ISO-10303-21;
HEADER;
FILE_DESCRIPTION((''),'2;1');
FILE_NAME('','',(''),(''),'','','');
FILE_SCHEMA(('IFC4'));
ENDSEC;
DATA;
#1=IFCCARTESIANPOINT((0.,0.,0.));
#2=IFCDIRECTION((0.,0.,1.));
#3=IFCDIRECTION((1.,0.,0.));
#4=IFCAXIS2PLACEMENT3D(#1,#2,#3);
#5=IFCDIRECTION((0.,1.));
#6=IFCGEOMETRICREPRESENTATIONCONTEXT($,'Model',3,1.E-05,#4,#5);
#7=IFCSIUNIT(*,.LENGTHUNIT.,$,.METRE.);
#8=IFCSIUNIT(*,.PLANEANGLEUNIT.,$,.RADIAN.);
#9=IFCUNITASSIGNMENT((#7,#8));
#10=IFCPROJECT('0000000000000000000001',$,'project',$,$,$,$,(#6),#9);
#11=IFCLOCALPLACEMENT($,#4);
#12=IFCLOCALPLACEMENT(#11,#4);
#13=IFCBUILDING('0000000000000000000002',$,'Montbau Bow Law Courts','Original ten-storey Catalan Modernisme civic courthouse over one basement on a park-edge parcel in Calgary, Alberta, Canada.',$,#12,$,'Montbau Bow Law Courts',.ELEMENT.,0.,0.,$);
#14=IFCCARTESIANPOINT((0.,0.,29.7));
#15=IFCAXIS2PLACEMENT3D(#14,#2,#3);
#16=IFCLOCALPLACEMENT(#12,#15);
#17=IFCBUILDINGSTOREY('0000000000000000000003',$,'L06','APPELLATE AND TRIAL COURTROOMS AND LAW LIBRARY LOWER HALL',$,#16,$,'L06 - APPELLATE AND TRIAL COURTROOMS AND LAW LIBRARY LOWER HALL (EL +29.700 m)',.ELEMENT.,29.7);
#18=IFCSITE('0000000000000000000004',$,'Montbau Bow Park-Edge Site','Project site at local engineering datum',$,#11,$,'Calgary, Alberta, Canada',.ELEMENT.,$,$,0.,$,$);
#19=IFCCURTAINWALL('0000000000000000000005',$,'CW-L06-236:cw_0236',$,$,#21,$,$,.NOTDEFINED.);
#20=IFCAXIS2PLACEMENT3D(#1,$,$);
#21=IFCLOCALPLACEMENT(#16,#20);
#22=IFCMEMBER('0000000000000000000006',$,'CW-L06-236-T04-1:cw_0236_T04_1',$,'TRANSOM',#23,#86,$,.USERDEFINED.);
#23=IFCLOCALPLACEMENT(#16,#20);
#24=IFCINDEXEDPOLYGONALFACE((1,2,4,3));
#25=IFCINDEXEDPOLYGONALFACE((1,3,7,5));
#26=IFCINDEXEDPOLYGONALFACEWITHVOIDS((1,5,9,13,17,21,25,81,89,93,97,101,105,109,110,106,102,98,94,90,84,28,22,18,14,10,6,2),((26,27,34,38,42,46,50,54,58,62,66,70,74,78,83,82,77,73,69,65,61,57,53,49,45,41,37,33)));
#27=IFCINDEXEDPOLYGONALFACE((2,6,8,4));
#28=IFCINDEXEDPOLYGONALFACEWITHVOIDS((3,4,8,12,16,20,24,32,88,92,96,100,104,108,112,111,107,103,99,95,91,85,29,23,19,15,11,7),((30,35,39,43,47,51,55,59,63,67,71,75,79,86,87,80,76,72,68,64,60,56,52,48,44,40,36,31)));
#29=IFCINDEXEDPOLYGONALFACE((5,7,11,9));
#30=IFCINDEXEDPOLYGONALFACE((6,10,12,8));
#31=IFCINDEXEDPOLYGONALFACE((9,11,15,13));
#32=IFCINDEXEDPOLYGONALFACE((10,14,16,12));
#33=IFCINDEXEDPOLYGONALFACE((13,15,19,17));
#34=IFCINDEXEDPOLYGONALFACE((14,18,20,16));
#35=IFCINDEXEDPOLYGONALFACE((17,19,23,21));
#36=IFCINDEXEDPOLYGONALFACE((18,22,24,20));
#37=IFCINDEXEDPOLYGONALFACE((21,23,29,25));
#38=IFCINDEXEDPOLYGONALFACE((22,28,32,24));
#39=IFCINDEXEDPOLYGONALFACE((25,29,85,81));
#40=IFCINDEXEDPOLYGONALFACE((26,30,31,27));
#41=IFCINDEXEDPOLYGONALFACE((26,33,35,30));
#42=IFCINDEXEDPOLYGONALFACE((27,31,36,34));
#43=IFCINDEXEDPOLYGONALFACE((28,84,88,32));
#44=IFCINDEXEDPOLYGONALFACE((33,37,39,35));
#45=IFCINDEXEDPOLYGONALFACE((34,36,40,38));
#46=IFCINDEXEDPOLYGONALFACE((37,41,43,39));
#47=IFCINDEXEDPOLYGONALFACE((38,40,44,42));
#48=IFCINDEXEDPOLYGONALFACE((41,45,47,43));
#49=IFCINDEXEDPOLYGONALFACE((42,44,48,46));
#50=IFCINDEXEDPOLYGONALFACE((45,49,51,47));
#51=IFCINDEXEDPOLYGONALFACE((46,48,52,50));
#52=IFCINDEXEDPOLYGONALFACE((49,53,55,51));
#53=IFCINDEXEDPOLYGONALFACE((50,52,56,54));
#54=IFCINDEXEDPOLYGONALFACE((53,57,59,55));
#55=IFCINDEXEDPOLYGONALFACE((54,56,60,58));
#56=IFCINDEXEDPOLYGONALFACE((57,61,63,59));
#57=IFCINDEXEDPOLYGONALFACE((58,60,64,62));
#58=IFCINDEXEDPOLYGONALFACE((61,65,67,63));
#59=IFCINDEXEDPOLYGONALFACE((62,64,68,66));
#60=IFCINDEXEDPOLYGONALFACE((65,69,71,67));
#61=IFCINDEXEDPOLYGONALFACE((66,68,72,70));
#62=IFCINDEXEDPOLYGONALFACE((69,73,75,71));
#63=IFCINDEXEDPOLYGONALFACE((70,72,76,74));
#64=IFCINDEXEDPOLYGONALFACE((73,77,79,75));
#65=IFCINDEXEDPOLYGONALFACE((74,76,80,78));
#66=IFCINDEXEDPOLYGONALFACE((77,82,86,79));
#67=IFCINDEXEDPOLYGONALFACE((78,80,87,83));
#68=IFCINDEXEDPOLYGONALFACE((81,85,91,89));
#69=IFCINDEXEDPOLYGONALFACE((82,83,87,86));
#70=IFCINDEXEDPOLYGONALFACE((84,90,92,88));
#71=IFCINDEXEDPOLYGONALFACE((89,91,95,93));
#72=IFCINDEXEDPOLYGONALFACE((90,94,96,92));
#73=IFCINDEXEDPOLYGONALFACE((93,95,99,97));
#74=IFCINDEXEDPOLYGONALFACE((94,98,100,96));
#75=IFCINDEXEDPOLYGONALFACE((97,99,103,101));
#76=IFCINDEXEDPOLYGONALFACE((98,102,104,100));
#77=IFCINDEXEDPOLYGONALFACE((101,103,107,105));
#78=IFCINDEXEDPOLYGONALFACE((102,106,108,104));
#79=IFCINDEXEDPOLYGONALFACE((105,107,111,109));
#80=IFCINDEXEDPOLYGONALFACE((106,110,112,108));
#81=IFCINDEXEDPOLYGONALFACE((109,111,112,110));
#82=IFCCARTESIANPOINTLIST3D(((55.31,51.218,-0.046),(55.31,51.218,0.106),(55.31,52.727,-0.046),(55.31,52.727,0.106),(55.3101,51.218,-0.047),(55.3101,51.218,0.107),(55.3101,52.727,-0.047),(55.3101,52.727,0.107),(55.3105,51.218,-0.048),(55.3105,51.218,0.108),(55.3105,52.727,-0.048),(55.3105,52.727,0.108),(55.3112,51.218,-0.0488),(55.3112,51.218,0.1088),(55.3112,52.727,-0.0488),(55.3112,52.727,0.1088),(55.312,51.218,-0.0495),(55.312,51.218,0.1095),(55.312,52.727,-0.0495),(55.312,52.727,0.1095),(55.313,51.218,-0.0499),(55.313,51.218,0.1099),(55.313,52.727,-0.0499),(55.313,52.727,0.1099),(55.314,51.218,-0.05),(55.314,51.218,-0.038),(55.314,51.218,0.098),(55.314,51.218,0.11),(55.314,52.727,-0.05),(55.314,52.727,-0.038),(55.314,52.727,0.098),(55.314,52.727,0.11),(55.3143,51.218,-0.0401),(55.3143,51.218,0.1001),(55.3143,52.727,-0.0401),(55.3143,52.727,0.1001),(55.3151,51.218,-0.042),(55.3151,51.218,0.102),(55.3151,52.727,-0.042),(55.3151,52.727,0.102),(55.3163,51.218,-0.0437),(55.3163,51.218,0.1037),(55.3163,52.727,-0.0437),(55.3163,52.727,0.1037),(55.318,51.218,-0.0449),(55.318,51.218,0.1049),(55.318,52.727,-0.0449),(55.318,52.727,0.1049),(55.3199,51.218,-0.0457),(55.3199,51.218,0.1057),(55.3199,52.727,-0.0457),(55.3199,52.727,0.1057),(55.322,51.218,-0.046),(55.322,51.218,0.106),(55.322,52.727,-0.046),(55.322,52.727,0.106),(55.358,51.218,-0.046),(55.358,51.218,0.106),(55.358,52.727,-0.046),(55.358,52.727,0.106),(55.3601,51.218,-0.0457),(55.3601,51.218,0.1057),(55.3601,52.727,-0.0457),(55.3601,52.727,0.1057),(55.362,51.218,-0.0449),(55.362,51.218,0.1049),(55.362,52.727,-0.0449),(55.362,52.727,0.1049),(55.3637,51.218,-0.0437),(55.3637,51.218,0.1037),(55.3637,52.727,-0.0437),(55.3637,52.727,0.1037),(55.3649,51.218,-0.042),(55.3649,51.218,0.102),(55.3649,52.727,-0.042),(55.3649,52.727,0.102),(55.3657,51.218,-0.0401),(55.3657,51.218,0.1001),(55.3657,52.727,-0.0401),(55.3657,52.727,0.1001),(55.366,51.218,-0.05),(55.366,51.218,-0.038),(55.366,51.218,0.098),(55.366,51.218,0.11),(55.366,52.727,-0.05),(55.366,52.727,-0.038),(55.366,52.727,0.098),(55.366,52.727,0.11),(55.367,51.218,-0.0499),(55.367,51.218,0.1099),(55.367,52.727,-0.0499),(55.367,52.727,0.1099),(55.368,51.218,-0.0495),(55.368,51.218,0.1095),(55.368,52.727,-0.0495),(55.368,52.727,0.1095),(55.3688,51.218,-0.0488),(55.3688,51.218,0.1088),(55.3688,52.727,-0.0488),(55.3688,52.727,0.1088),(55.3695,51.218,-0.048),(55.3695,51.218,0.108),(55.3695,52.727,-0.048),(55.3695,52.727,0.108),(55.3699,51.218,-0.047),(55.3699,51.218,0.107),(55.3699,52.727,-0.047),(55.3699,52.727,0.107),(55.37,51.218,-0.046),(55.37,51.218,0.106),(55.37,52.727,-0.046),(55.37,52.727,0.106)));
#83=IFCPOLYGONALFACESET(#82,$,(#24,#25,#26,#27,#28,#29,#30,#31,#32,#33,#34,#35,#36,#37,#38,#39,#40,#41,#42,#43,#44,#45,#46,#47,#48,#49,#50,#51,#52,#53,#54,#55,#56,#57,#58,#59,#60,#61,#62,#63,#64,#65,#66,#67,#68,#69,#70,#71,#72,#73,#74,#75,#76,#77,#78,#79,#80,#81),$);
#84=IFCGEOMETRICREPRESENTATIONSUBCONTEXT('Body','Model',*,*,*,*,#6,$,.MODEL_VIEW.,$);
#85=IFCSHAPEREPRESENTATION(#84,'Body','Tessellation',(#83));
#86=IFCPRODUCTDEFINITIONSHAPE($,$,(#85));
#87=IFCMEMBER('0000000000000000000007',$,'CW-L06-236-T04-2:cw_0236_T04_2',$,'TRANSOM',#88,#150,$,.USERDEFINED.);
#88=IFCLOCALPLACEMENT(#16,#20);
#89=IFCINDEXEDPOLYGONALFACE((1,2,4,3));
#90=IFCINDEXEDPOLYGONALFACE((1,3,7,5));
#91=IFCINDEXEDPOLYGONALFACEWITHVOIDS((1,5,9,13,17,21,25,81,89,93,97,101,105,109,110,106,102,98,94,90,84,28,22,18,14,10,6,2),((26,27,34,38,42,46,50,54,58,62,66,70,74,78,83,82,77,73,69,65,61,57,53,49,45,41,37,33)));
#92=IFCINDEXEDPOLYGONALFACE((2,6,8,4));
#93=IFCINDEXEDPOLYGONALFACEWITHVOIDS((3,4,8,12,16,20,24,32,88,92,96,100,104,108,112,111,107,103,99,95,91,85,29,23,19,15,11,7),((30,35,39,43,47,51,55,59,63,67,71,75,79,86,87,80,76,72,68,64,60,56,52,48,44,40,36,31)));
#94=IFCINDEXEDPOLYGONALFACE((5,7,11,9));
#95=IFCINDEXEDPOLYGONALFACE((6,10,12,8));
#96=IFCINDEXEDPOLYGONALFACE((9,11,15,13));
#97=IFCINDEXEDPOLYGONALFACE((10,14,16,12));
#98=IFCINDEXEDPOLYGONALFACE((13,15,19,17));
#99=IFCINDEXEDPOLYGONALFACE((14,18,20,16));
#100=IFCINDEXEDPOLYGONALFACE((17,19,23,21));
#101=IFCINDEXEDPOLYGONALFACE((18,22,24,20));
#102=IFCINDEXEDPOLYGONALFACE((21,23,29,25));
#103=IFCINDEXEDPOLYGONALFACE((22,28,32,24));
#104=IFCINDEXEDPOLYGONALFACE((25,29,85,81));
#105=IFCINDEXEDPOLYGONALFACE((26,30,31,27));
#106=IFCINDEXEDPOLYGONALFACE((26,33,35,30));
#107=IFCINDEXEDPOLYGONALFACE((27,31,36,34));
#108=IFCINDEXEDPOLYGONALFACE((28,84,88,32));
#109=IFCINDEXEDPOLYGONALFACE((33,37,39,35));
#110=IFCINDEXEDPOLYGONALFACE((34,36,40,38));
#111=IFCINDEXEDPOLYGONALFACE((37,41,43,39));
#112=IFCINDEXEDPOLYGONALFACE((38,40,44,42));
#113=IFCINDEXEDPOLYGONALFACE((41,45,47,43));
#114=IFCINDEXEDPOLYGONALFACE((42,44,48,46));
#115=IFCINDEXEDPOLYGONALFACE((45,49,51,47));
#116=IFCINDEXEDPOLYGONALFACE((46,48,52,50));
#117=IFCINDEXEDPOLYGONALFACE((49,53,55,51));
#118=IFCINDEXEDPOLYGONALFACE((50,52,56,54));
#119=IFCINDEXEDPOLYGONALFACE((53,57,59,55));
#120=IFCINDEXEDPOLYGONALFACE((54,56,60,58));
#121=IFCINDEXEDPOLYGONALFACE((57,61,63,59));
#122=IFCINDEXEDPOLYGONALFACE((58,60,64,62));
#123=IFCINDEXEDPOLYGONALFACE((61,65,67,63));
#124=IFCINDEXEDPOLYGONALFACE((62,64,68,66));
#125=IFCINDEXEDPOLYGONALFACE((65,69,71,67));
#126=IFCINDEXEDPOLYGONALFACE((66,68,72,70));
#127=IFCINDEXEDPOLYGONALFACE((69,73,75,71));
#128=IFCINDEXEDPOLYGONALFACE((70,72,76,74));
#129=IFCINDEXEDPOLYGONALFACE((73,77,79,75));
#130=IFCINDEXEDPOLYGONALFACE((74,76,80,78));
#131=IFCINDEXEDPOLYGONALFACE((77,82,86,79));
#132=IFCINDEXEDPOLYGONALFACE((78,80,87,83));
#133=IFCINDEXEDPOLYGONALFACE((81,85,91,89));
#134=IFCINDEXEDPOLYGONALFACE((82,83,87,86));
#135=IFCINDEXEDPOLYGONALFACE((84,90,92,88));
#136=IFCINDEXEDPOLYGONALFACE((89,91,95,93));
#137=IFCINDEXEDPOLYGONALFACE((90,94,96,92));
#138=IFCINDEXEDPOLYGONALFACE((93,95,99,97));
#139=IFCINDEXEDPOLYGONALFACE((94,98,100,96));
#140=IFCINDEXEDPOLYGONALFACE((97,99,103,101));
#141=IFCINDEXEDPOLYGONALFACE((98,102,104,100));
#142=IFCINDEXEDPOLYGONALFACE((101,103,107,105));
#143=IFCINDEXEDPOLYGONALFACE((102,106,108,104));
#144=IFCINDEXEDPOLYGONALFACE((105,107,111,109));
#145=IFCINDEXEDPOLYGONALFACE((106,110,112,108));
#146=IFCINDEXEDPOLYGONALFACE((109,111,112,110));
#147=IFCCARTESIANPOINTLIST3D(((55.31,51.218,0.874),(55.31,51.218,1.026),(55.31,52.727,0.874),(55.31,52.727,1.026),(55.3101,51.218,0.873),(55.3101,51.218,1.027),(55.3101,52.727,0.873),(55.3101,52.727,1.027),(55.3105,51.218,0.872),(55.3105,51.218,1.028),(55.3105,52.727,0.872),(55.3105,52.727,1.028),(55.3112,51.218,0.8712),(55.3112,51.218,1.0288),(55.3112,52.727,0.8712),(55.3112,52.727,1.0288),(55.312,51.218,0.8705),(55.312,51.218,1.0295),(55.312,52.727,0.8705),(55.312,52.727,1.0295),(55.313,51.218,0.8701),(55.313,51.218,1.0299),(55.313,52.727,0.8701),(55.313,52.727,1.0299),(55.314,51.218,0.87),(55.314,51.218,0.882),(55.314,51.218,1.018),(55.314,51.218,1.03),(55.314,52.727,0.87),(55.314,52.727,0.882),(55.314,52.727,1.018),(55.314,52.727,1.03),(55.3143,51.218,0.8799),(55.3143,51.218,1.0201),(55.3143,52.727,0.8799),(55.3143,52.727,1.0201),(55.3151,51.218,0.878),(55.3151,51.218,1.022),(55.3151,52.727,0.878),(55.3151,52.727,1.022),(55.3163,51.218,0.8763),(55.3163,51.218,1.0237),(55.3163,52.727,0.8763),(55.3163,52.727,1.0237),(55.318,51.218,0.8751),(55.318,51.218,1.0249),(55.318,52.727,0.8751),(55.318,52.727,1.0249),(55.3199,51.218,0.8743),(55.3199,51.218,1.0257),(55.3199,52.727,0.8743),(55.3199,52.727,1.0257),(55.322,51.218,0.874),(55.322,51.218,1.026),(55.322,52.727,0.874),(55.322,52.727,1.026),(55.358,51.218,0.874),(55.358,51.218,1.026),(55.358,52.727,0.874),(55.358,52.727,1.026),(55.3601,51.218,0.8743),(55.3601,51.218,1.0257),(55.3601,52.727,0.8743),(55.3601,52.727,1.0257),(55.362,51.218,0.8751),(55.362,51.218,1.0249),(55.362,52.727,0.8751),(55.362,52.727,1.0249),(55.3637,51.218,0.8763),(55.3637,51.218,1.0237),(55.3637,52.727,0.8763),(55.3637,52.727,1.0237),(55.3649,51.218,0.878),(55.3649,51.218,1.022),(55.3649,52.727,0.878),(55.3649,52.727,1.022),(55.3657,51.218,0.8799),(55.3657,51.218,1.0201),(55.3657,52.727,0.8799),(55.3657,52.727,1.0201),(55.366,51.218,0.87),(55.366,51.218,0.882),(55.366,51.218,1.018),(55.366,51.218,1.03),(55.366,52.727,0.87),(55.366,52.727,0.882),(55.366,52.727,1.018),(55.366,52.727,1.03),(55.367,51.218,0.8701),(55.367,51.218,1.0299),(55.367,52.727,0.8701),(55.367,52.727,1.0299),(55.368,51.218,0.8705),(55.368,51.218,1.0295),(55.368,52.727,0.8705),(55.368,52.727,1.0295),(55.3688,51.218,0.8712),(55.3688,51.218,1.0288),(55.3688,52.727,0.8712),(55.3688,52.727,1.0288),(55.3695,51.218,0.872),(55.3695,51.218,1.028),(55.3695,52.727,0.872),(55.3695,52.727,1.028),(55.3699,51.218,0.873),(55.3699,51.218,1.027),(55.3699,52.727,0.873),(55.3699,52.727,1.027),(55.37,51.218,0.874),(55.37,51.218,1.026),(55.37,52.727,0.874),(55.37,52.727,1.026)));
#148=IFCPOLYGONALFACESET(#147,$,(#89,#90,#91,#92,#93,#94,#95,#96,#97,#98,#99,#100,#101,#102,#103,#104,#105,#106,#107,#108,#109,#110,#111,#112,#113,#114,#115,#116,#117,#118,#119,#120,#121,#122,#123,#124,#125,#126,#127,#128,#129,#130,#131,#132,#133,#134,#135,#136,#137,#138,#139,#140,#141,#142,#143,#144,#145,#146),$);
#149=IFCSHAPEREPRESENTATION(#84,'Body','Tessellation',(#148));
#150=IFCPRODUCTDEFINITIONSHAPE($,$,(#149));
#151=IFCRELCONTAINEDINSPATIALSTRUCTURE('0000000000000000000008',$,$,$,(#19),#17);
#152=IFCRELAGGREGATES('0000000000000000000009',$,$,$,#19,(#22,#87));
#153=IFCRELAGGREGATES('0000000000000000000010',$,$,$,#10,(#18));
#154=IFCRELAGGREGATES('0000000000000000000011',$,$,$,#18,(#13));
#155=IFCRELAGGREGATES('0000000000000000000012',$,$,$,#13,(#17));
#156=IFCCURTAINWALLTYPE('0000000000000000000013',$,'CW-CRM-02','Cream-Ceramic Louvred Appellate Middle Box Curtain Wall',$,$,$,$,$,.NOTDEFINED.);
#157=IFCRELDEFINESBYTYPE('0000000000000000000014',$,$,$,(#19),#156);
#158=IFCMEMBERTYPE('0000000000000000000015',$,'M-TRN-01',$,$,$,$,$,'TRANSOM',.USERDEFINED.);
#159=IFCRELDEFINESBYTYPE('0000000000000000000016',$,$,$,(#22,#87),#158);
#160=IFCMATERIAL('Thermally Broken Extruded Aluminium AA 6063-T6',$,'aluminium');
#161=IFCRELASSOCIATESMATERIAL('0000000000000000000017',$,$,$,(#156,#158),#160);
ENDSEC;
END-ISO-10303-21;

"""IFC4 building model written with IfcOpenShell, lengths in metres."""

from ifc_helpers import new_model, si_unit, direction, frame, origin_with_axes, origin_2d_with_axis, place, context, subcontext, project, spatial, hollow_rectangle, extrude, material, material_profile, profile_set, type_object, element, aggregate, save


model = new_model("IFC4")

# Units and contexts
model_context = context("Model", 3, precision=1e-05, world=origin_with_axes(), true_north=direction((0.0, 1.0)))
body_context = subcontext(model_context, "Body", "Model", "MODEL_VIEW")
ifc_project = project(units=[si_unit("LENGTHUNIT", "METRE"), si_unit("PLANEANGLEUNIT", "RADIAN")], contexts=[model_context])

# Site, building, storey
site_placement = place(None, origin_with_axes())
site = spatial("IfcSite", under=ifc_project, at=site_placement, Name="Montbau Bow Park-Edge Site", Description="Project site at local engineering datum", LongName="Calgary, Alberta, Canada", CompositionType="ELEMENT", RefElevation=0.0)
building_placement = place(site_placement, origin_with_axes())
building = spatial("IfcBuilding", under=site, at=building_placement, Name="Montbau Bow Law Courts", Description="Original ten-storey Catalan Modernisme civic courthouse over one basement on a park-edge parcel in Calgary, Alberta, Canada.", LongName="Montbau Bow Law Courts", CompositionType="ELEMENT", ElevationOfRefHeight=0.0, ElevationOfTerrain=0.0)
storey_placement = place(building_placement, frame((0.0, 0.0, 29.7), z_axis=(0.0, 0.0, 1.0), x_axis=(1.0, 0.0, 0.0)))
storey = spatial("IfcBuildingStorey", under=building, at=storey_placement, Name="L06", Description="APPELLATE AND TRIAL COURTROOMS AND LAW LIBRARY LOWER HALL", LongName="L06 - APPELLATE AND TRIAL COURTROOMS AND LAW LIBRARY LOWER HALL (EL +29.700 m)", CompositionType="ELEMENT", Elevation=29.7)

# Shared definitions
ifc_material_1 = material(Name="Thermally Broken Extruded Aluminium AA 6063-T6", Category="aluminium")
curtain_wall_type = type_object("IfcCurtainWallType", Name="CW-CRM-02", Description="Cream-Ceramic Louvred Appellate Middle Box Curtain Wall", PredefinedType="NOTDEFINED", material=ifc_material_1)

# Curtain wall, members
curtain_wall_1_placement = place(None, frame((55.34, 46.468, 29.7), z_axis=(0.0, 0.0, 1.0), x_axis=(1.0, 0.0, 0.0)))
curtain_wall_1 = element("IfcCurtainWall", 1, at=curtain_wall_1_placement, inside=storey, type_object=curtain_wall_type, Name="CW-L06-236:cw_0236", PredefinedType="NOTDEFINED")
ifc_material_profile_1 = material_profile(ifc_material_1, hollow_rectangle(XDim=0.06, YDim=0.16, WallThickness=0.004, InnerFilletRadius=0.008, OuterFilletRadius=0.004, at=origin_2d_with_axis()), Name="CWT-160X60", Category="Main", Priority=0)
ifc_profile_set_1 = profile_set([ifc_material_profile_1], Name="Thermally Broken Extruded Aluminium AA 6063-T6")
member_type_1 = type_object("IfcMemberType", Name="M-TRN-01", ElementType="TRANSOM", PredefinedType="USERDEFINED", material=ifc_profile_set_1)
member_1_placement = place(None, frame((55.34, 51.218, 29.73), z_axis=(0.0, 1.0, 0.0), x_axis=(-1.0, 0.0, 0.0)))
member_1 = element("IfcMember", 2, at=member_1_placement, type_object=member_type_1, Name="CW-L06-236-T04-1:cw_0236_T04_1", ObjectType="TRANSOM", PredefinedType="USERDEFINED", context=body_context, shape_type="SweptSolid", body=[
    extrude(hollow_rectangle(XDim=0.06, YDim=0.16, WallThickness=0.004, InnerFilletRadius=0.008, OuterFilletRadius=0.004, at=origin_2d_with_axis()), origin_with_axes(), (0.0, 0.0, 1.0), 1.509),
])
member_2_placement = place(None, frame((55.34, 51.218, 30.65), z_axis=(0.0, 1.0, 0.0), x_axis=(-1.0, 0.0, 0.0)))
member_2 = element("IfcMember", 3, at=member_2_placement, type_object=member_type_1, Name="CW-L06-236-T04-2:cw_0236_T04_2", ObjectType="TRANSOM", PredefinedType="USERDEFINED", context=body_context, shape_type="SweptSolid", body=[
    extrude(hollow_rectangle(XDim=0.06, YDim=0.16, WallThickness=0.004, InnerFilletRadius=0.008, OuterFilletRadius=0.004, at=origin_2d_with_axis()), origin_with_axes(), (0.0, 0.0, 1.0), 1.509),
])

aggregate(curtain_wall_1, [member_1, member_2])

save(model, "model.ifc")
